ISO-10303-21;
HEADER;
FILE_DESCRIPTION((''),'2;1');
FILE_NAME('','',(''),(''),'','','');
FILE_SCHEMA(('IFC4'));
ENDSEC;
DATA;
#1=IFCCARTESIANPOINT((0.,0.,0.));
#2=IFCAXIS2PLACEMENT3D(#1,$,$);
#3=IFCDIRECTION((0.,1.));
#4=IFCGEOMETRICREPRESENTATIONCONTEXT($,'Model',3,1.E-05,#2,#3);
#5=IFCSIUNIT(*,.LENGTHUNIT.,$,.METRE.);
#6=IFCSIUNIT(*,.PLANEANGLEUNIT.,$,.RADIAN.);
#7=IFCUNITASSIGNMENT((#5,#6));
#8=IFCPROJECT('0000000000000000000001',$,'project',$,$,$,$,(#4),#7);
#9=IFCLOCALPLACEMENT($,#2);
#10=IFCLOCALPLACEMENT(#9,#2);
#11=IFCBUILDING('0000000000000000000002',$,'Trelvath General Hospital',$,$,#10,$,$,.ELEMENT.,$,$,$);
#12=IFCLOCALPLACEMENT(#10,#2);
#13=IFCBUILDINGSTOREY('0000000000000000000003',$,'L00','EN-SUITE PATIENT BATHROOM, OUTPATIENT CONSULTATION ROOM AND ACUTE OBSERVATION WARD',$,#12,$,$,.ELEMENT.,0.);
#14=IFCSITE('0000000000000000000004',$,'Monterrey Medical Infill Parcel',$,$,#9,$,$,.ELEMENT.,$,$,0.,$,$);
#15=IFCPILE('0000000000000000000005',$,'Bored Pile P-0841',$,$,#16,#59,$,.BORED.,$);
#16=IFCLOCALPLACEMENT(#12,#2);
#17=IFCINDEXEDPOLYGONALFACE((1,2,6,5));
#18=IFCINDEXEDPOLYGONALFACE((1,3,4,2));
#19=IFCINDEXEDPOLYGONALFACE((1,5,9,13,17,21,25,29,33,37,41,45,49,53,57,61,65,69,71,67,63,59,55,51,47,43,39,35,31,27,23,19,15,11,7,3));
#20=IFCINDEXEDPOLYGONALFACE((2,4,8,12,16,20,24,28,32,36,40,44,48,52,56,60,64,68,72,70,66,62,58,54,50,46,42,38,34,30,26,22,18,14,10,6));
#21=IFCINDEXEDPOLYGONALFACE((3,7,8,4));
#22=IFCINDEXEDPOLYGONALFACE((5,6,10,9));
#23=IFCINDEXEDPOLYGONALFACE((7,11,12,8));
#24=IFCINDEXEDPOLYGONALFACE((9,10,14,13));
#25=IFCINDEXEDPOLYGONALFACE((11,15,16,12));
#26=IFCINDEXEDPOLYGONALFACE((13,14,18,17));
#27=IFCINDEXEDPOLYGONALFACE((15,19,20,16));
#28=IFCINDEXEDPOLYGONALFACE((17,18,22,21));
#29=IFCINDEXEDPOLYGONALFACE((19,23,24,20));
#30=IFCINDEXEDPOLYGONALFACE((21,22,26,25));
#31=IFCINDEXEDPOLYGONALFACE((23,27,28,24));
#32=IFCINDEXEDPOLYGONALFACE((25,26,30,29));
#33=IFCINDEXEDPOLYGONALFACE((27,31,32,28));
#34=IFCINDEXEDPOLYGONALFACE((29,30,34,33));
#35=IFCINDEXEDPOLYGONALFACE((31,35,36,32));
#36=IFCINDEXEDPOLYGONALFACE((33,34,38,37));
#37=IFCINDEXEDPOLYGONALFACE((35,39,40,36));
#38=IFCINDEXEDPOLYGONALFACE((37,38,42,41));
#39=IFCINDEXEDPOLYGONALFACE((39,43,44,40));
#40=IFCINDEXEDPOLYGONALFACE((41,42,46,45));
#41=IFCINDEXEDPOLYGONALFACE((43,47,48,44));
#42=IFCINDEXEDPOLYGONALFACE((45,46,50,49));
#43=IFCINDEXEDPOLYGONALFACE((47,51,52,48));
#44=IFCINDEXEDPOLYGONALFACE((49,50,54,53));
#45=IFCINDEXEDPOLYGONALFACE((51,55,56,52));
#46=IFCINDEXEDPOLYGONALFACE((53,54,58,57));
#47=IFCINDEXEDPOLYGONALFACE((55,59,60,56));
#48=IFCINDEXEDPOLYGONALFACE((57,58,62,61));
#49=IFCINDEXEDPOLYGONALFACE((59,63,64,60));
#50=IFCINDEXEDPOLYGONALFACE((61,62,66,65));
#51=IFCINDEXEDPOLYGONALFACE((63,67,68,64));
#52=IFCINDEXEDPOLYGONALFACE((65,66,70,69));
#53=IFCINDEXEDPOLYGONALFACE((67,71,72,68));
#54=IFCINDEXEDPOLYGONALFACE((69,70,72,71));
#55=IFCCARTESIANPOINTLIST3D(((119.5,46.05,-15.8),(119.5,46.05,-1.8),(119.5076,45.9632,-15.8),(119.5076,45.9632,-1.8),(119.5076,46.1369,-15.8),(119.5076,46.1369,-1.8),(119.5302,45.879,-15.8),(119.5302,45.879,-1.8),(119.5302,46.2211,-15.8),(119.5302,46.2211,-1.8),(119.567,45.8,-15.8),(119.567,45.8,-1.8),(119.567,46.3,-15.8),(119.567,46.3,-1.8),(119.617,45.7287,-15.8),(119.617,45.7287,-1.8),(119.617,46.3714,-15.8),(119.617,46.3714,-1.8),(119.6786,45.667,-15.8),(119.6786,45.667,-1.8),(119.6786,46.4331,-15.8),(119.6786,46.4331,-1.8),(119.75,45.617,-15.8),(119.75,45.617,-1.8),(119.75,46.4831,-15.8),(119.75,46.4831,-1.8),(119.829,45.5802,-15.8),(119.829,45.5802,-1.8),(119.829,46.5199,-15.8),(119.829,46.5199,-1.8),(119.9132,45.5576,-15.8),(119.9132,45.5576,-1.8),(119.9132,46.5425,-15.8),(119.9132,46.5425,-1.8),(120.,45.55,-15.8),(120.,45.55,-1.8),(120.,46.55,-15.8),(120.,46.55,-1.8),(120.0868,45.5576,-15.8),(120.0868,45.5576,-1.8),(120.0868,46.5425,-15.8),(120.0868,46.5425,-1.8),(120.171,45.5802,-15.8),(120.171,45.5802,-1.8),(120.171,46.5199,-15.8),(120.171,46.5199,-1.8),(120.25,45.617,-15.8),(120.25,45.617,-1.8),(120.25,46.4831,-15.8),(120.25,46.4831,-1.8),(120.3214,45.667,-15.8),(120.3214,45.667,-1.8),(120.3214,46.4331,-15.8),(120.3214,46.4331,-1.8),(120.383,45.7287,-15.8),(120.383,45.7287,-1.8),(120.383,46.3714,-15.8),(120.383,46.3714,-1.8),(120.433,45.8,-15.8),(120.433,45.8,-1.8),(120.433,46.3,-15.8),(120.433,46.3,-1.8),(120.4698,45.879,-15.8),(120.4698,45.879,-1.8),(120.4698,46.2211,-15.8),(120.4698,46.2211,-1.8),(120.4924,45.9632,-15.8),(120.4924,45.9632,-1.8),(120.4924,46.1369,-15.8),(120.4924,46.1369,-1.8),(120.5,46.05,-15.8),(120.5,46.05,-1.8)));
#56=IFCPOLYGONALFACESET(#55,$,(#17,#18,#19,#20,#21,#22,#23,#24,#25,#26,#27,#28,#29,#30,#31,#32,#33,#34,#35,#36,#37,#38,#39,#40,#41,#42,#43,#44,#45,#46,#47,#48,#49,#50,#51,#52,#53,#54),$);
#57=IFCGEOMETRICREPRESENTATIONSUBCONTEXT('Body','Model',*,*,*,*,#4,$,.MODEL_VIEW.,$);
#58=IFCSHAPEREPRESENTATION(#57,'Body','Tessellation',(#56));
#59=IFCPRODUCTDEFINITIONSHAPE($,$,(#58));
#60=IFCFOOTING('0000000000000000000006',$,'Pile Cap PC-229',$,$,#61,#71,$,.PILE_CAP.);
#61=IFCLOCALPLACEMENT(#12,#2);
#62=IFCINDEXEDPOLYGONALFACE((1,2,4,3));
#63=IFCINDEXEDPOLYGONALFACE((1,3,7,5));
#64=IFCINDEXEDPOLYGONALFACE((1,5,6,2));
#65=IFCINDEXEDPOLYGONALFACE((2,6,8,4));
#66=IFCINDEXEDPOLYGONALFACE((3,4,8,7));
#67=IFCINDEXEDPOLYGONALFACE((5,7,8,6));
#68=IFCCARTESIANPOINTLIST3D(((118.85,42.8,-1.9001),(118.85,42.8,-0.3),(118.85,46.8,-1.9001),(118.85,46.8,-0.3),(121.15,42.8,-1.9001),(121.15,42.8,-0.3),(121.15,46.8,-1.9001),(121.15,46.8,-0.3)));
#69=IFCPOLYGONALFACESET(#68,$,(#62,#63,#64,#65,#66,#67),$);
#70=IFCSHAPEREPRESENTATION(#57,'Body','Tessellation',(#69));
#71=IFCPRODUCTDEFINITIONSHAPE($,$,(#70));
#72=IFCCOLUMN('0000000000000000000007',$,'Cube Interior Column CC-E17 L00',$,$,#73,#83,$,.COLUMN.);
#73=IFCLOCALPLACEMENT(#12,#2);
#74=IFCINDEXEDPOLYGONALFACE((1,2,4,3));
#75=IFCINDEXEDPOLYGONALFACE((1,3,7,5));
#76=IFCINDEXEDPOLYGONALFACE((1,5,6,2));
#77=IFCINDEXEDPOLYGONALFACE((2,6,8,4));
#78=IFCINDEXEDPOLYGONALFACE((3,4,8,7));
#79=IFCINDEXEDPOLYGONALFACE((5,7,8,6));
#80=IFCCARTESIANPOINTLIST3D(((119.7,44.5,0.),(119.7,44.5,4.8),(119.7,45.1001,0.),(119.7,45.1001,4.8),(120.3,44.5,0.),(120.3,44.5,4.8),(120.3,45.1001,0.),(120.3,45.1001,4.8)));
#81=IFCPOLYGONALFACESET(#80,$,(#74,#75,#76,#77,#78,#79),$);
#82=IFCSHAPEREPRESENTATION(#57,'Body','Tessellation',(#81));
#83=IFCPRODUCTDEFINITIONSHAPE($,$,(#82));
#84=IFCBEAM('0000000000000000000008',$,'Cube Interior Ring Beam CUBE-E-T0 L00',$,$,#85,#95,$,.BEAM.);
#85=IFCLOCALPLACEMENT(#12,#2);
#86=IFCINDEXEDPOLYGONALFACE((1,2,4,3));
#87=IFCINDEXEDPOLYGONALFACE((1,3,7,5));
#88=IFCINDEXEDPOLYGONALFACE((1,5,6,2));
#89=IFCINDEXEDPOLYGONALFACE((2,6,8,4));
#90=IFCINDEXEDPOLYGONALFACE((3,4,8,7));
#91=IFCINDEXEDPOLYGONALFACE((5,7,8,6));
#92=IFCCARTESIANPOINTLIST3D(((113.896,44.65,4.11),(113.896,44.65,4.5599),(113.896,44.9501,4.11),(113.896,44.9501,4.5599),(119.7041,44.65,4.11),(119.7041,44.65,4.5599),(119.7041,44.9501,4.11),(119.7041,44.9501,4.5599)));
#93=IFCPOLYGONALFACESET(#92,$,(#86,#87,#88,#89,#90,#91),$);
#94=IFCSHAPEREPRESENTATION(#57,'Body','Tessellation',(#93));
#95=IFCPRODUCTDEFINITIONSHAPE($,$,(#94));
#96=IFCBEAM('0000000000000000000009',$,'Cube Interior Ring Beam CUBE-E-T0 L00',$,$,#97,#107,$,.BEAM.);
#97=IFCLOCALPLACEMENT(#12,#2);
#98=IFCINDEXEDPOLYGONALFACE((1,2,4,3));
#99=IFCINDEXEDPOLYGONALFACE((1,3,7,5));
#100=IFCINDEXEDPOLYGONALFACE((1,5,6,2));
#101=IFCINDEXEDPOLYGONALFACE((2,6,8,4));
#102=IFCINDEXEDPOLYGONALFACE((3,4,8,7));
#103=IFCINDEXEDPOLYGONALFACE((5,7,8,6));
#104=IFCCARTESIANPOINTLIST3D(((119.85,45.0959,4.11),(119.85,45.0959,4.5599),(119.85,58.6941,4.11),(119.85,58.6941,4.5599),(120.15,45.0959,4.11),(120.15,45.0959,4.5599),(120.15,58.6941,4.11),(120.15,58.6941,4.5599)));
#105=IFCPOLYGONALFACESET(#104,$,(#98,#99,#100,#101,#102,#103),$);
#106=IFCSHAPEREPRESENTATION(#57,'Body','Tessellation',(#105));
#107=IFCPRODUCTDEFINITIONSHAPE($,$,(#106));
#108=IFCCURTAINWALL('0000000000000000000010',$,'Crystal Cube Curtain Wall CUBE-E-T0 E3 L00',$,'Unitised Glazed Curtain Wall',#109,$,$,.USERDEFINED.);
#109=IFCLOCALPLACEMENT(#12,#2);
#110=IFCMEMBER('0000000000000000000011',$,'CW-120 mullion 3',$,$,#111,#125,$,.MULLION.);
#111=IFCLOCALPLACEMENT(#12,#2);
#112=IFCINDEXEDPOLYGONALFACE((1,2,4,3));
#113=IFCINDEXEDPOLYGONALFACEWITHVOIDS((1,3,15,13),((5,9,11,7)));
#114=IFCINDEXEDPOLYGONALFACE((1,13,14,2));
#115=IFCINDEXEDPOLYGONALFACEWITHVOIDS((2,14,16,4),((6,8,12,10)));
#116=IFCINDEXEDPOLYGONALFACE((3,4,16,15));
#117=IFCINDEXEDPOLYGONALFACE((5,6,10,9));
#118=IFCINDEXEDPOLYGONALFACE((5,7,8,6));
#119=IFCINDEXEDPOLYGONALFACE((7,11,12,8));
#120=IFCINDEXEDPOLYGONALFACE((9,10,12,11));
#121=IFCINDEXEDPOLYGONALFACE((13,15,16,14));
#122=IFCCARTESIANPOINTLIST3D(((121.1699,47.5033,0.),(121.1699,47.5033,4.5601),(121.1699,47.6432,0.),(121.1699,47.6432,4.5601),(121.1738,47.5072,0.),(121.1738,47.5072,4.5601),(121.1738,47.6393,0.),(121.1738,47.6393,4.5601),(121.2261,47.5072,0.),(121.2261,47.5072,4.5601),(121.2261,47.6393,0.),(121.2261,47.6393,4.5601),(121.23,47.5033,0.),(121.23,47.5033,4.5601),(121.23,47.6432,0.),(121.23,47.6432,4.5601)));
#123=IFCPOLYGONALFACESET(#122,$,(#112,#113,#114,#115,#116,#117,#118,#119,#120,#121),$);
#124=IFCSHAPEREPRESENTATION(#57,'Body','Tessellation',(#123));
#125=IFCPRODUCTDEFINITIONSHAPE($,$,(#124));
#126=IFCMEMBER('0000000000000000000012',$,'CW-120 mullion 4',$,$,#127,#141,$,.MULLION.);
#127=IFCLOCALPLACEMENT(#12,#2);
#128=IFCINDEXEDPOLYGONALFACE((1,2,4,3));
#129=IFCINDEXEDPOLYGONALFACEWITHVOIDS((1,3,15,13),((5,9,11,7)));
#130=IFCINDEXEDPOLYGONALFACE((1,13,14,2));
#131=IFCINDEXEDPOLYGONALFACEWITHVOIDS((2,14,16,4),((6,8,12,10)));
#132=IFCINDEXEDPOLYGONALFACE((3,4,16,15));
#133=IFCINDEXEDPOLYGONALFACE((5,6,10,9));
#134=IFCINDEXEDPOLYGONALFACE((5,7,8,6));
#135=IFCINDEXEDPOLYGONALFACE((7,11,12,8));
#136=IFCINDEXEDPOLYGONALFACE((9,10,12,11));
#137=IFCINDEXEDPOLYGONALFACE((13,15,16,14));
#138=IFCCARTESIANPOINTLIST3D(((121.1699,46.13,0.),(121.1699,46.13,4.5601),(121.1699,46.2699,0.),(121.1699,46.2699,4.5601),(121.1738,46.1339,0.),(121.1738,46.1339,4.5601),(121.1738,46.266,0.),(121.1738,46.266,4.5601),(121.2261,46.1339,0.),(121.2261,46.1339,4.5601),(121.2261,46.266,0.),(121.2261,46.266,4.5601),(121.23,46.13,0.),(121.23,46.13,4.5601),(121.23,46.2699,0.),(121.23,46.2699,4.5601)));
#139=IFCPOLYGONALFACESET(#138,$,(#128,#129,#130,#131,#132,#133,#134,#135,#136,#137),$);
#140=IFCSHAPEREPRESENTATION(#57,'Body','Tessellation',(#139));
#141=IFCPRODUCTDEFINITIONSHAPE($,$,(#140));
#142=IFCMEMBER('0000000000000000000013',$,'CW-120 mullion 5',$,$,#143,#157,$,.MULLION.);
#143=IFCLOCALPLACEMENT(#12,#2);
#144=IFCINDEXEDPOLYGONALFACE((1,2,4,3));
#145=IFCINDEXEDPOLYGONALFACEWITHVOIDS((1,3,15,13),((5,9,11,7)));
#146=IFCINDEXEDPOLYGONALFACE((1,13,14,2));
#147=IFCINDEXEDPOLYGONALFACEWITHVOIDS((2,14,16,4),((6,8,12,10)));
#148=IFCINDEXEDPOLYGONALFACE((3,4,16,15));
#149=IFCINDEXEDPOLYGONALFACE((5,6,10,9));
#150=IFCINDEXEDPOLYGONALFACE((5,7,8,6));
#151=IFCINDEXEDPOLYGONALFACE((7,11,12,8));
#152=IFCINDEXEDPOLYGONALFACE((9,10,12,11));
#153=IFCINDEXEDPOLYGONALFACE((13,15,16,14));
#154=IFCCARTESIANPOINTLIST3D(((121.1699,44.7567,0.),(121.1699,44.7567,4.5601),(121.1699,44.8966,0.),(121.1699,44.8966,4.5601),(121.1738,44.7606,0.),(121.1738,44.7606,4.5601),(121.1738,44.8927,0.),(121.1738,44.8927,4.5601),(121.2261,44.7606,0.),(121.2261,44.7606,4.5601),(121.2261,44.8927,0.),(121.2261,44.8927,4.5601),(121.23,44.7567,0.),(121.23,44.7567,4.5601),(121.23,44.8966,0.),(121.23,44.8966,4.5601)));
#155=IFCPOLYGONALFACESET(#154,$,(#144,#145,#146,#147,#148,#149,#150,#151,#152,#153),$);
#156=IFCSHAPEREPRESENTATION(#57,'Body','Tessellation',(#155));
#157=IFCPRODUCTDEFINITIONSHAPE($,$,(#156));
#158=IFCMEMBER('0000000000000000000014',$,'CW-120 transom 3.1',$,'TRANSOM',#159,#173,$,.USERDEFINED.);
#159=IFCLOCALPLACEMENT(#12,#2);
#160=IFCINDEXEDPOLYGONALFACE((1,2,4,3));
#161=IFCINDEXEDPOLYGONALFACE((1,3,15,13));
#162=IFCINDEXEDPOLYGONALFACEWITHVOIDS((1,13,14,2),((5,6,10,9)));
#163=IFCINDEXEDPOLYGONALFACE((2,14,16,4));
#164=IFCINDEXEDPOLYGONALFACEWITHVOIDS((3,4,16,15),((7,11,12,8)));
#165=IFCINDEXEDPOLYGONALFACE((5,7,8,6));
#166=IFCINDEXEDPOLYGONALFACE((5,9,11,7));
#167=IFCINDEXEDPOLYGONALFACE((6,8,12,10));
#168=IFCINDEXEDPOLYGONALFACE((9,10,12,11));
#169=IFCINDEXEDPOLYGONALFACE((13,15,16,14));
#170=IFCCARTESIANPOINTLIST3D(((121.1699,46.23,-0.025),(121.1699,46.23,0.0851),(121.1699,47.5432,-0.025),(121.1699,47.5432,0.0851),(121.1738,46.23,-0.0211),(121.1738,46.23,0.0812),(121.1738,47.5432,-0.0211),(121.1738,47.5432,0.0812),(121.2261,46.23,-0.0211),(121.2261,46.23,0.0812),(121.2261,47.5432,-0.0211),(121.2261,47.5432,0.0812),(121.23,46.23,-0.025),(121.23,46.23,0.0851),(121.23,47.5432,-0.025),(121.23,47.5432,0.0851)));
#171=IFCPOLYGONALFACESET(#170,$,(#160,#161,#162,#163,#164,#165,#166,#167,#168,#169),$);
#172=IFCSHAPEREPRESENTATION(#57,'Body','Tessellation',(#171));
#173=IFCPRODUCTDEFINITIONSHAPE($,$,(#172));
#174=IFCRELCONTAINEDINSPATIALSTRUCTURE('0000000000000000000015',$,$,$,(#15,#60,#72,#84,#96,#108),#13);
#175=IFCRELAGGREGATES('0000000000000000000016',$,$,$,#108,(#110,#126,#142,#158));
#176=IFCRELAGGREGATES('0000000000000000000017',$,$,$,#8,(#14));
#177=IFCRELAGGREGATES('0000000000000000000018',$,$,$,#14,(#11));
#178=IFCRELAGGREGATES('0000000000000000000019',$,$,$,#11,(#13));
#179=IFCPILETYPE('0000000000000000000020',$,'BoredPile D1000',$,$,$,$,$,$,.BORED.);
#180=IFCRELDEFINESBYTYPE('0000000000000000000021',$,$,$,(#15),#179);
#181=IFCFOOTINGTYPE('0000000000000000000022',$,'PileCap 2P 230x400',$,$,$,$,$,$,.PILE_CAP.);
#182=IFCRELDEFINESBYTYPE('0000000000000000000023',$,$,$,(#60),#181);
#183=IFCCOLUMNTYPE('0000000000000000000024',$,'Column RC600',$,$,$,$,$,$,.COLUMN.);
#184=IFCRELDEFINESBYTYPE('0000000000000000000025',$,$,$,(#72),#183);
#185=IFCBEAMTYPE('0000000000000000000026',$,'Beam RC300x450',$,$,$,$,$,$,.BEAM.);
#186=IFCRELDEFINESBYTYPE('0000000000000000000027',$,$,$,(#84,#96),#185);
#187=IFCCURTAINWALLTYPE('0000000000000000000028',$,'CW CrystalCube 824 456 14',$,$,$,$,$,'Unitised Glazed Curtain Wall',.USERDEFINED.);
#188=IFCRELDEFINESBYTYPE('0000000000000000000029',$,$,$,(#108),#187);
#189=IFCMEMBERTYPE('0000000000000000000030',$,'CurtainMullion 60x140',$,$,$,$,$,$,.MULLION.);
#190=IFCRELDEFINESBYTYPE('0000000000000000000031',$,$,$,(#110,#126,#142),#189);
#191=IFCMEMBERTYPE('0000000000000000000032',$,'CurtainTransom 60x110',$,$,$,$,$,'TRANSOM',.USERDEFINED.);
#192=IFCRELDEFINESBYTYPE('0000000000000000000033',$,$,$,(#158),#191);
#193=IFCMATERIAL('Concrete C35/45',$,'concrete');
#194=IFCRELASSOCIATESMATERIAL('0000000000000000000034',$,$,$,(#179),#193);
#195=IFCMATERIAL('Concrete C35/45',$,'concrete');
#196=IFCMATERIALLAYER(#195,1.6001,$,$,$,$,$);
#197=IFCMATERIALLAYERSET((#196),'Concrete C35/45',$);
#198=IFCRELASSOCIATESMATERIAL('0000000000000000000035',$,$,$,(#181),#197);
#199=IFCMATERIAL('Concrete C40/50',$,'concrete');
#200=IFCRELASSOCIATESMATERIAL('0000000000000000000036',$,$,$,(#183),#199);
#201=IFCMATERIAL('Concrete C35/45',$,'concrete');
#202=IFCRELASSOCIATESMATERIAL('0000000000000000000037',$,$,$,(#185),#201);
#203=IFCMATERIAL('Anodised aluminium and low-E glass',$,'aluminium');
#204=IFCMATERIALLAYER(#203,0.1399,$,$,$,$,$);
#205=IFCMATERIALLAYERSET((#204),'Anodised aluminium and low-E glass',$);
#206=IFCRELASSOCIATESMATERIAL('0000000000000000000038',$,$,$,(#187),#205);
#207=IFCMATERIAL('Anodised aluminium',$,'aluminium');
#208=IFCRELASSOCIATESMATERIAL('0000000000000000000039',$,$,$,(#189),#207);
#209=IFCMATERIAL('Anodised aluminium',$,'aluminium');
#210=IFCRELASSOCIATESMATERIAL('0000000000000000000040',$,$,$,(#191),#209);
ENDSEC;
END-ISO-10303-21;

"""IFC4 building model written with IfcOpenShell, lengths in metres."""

from ifc_helpers import new_model, si_unit, direction, frame, origin, origin_2d, place, context, subcontext, project, spatial, rectangle, hollow_rectangle, circle, extrude, material, layer, layer_set, material_profile, profile_set, type_object, element, aggregate, save


model = new_model("IFC4")

# Units and contexts
model_context = context("Model", 3, precision=1e-05, world=origin(), true_north=direction((0.0, 1.0)))
body_context = subcontext(model_context, "Body", "Model", "MODEL_VIEW")
ifc_project = project(units=[si_unit("LENGTHUNIT", "METRE"), si_unit("PLANEANGLEUNIT", "RADIAN")], contexts=[model_context])

# Site, building, storey
site_placement = place(None, origin())
site = spatial("IfcSite", under=ifc_project, at=site_placement, Name="Monterrey Medical Infill Parcel", CompositionType="ELEMENT", RefElevation=0.0)
building_placement = place(site_placement, origin())
building = spatial("IfcBuilding", under=site, at=building_placement, Name="Trelvath General Hospital", CompositionType="ELEMENT")
storey_placement = place(building_placement, origin())
storey = spatial("IfcBuildingStorey", under=building, at=storey_placement, Name="L00", Description="EN-SUITE PATIENT BATHROOM, OUTPATIENT CONSULTATION ROOM AND ACUTE OBSERVATION WARD", CompositionType="ELEMENT", Elevation=0.0)

# Pile
ifc_material_1 = material(Name="Concrete C35/45", Category="concrete")
ifc_material_profile_1 = material_profile(ifc_material_1, circle(Radius=0.5, at=origin_2d()), Name="PILE1000")
ifc_profile_set_1 = profile_set([ifc_material_profile_1], Name="Concrete C35/45")
pile_type = type_object("IfcPileType", Name="BoredPile D1000", PredefinedType="BORED", material=ifc_profile_set_1)
pile_placement = place(storey_placement, frame((120.0, 46.05, -1.8), z_axis=(0.0, 0.0, -1.0), x_axis=(1.0, 0.0, 0.0)))
element("IfcPile", 1, at=pile_placement, inside=storey, type_object=pile_type, Name="Bored Pile P-0841", PredefinedType="BORED", context=body_context, shape_type="SweptSolid", body=[
    extrude(circle(Radius=0.5, at=origin_2d()), origin(), (0.0, 0.0, 1.0), 14.0),
])

# Footing
ifc_material_2 = material(Name="Concrete C35/45", Category="concrete")
ifc_layer_1 = layer(ifc_material_2, 1.6001)
ifc_layer_set_1 = layer_set([ifc_layer_1], Name="Concrete C35/45")
footing_type = type_object("IfcFootingType", Name="PileCap 2P 230x400", PredefinedType="PILE_CAP", material=ifc_layer_set_1)
footing_placement = place(storey_placement, frame((120.0, 44.8, -1.9001), z_axis=(0.0, 0.0, 1.0), x_axis=(1.0, 0.0, 0.0)))
element("IfcFooting", 2, at=footing_placement, inside=storey, type_object=footing_type, Name="Pile Cap PC-229", PredefinedType="PILE_CAP", context=body_context, shape_type="SweptSolid", body=[
    extrude(rectangle(XDim=2.3, YDim=4.0, at=origin_2d()), origin(), (0.0, 0.0, 1.0), 1.6001),
])

# Column
ifc_material_3 = material(Name="Concrete C40/50", Category="concrete")
ifc_material_profile_2 = material_profile(ifc_material_3, rectangle(XDim=0.6001, YDim=0.6001, at=origin_2d()), Name="RC600x600")
ifc_profile_set_2 = profile_set([ifc_material_profile_2], Name="Concrete C40/50")
column_type = type_object("IfcColumnType", Name="Column RC600", PredefinedType="COLUMN", material=ifc_profile_set_2)
column_placement = place(storey_placement, frame((120.0, 44.8, 0.0), z_axis=(0.0, 0.0, 1.0), x_axis=(1.0, 0.0, 0.0)))
element("IfcColumn", 3, at=column_placement, inside=storey, type_object=column_type, Name="Cube Interior Column CC-E17 L00", PredefinedType="COLUMN", context=body_context, shape_type="SweptSolid", body=[
    extrude(rectangle(XDim=0.6001, YDim=0.6001, at=origin_2d()), origin(), (0.0, 0.0, 1.0), 4.8),
])

# Beams
ifc_material_4 = material(Name="Concrete C35/45", Category="concrete")
ifc_material_profile_3 = material_profile(ifc_material_4, rectangle(XDim=0.3, YDim=0.45, at=origin_2d()), Name="RCB300x450")
ifc_profile_set_3 = profile_set([ifc_material_profile_3], Name="Concrete C35/45")
beam_type = type_object("IfcBeamType", Name="Beam RC300x450", PredefinedType="BEAM", material=ifc_profile_set_3)
beam_1_placement = place(storey_placement, frame((113.896, 44.8, 4.335), z_axis=(1.0, 0.0, 0.0), x_axis=(0.0, 1.0, 0.0)))
element("IfcBeam", 4, at=beam_1_placement, inside=storey, type_object=beam_type, Name="Cube Interior Ring Beam CUBE-E-T0 L00", PredefinedType="BEAM", context=body_context, shape_type="SweptSolid", body=[
    extrude(rectangle(XDim=0.3, YDim=0.45, at=origin_2d()), origin(), (0.0, 0.0, 1.0), 5.8081),
])
beam_2_placement = place(storey_placement, frame((120.0, 45.0959, 4.335), z_axis=(0.0, 1.0, 0.0), x_axis=(-1.0, 0.0, 0.0)))
element("IfcBeam", 5, at=beam_2_placement, inside=storey, type_object=beam_type, Name="Cube Interior Ring Beam CUBE-E-T0 L00", PredefinedType="BEAM", context=body_context, shape_type="SweptSolid", body=[
    extrude(rectangle(XDim=0.3, YDim=0.45, at=origin_2d()), origin(), (0.0, 0.0, 1.0), 13.5981),
])

# Curtain wall, members
ifc_material_5 = material(Name="Anodised aluminium and low-E glass", Category="aluminium")
ifc_layer_2 = layer(ifc_material_5, 0.1399)
ifc_layer_set_2 = layer_set([ifc_layer_2], Name="Anodised aluminium and low-E glass")
curtain_wall_type = type_object("IfcCurtainWallType", Name="CW CrystalCube 824 456 14", ElementType="Unitised Glazed Curtain Wall", PredefinedType="USERDEFINED", material=ifc_layer_set_2)
curtain_wall_placement = place(storey_placement, origin())
curtain_wall = element("IfcCurtainWall", 6, at=curtain_wall_placement, inside=storey, type_object=curtain_wall_type, Name="Crystal Cube Curtain Wall CUBE-E-T0 E3 L00", ObjectType="Unitised Glazed Curtain Wall", PredefinedType="USERDEFINED")
ifc_material_6 = material(Name="Anodised aluminium", Category="aluminium")
ifc_material_profile_4 = material_profile(ifc_material_6, hollow_rectangle(XDim=0.0601, YDim=0.1399, WallThickness=0.0039, at=origin_2d()), Name="RHS60x140x4")
ifc_profile_set_4 = profile_set([ifc_material_profile_4], Name="Anodised aluminium")
member_type_1 = type_object("IfcMemberType", Name="CurtainMullion 60x140", PredefinedType="MULLION", material=ifc_profile_set_4)
member_1_placement = place(storey_placement, frame((121.2, 47.5732, 0.0), z_axis=(0.0, 0.0, 1.0), x_axis=(1.0, 0.0, 0.0)))
member_1 = element("IfcMember", 7, at=member_1_placement, type_object=member_type_1, Name="CW-120 mullion 3", PredefinedType="MULLION", context=body_context, shape_type="SweptSolid", body=[
    extrude(hollow_rectangle(XDim=0.0601, YDim=0.1399, WallThickness=0.0039, at=origin_2d()), origin(), (0.0, 0.0, 1.0), 4.5601),
])
member_2_placement = place(storey_placement, frame((121.2, 46.2, 0.0), z_axis=(0.0, 0.0, 1.0), x_axis=(1.0, 0.0, 0.0)))
member_2 = element("IfcMember", 8, at=member_2_placement, type_object=member_type_1, Name="CW-120 mullion 4", PredefinedType="MULLION", context=body_context, shape_type="SweptSolid", body=[
    extrude(hollow_rectangle(XDim=0.0601, YDim=0.1399, WallThickness=0.0039, at=origin_2d()), origin(), (0.0, 0.0, 1.0), 4.5601),
])
member_3_placement = place(storey_placement, frame((121.2, 44.8267, 0.0), z_axis=(0.0, 0.0, 1.0), x_axis=(1.0, 0.0, 0.0)))
member_3 = element("IfcMember", 9, at=member_3_placement, type_object=member_type_1, Name="CW-120 mullion 5", PredefinedType="MULLION", context=body_context, shape_type="SweptSolid", body=[
    extrude(hollow_rectangle(XDim=0.0601, YDim=0.1399, WallThickness=0.0039, at=origin_2d()), origin(), (0.0, 0.0, 1.0), 4.5601),
])
ifc_material_7 = material(Name="Anodised aluminium", Category="aluminium")
ifc_material_profile_5 = material_profile(ifc_material_7, hollow_rectangle(XDim=0.0601, YDim=0.1101, WallThickness=0.0039, at=origin_2d()), Name="RHS60x110x4")
ifc_profile_set_5 = profile_set([ifc_material_profile_5], Name="Anodised aluminium")
member_type_2 = type_object("IfcMemberType", Name="CurtainTransom 60x110", ElementType="TRANSOM", PredefinedType="USERDEFINED", material=ifc_profile_set_5)
member_4_placement = place(storey_placement, frame((121.2, 47.5432, 0.03), z_axis=(0.0, -1.0, 0.0), x_axis=(1.0, 0.0, 0.0)))
member_4 = element("IfcMember", 10, at=member_4_placement, type_object=member_type_2, Name="CW-120 transom 3.1", ObjectType="TRANSOM", PredefinedType="USERDEFINED", context=body_context, shape_type="SweptSolid", body=[
    extrude(hollow_rectangle(XDim=0.0601, YDim=0.1101, WallThickness=0.0039, at=origin_2d()), origin(), (0.0, 0.0, 1.0), 1.3132),
])
aggregate(curtain_wall, [member_1, member_2, member_3, member_4])

save(model, "model.ifc")
